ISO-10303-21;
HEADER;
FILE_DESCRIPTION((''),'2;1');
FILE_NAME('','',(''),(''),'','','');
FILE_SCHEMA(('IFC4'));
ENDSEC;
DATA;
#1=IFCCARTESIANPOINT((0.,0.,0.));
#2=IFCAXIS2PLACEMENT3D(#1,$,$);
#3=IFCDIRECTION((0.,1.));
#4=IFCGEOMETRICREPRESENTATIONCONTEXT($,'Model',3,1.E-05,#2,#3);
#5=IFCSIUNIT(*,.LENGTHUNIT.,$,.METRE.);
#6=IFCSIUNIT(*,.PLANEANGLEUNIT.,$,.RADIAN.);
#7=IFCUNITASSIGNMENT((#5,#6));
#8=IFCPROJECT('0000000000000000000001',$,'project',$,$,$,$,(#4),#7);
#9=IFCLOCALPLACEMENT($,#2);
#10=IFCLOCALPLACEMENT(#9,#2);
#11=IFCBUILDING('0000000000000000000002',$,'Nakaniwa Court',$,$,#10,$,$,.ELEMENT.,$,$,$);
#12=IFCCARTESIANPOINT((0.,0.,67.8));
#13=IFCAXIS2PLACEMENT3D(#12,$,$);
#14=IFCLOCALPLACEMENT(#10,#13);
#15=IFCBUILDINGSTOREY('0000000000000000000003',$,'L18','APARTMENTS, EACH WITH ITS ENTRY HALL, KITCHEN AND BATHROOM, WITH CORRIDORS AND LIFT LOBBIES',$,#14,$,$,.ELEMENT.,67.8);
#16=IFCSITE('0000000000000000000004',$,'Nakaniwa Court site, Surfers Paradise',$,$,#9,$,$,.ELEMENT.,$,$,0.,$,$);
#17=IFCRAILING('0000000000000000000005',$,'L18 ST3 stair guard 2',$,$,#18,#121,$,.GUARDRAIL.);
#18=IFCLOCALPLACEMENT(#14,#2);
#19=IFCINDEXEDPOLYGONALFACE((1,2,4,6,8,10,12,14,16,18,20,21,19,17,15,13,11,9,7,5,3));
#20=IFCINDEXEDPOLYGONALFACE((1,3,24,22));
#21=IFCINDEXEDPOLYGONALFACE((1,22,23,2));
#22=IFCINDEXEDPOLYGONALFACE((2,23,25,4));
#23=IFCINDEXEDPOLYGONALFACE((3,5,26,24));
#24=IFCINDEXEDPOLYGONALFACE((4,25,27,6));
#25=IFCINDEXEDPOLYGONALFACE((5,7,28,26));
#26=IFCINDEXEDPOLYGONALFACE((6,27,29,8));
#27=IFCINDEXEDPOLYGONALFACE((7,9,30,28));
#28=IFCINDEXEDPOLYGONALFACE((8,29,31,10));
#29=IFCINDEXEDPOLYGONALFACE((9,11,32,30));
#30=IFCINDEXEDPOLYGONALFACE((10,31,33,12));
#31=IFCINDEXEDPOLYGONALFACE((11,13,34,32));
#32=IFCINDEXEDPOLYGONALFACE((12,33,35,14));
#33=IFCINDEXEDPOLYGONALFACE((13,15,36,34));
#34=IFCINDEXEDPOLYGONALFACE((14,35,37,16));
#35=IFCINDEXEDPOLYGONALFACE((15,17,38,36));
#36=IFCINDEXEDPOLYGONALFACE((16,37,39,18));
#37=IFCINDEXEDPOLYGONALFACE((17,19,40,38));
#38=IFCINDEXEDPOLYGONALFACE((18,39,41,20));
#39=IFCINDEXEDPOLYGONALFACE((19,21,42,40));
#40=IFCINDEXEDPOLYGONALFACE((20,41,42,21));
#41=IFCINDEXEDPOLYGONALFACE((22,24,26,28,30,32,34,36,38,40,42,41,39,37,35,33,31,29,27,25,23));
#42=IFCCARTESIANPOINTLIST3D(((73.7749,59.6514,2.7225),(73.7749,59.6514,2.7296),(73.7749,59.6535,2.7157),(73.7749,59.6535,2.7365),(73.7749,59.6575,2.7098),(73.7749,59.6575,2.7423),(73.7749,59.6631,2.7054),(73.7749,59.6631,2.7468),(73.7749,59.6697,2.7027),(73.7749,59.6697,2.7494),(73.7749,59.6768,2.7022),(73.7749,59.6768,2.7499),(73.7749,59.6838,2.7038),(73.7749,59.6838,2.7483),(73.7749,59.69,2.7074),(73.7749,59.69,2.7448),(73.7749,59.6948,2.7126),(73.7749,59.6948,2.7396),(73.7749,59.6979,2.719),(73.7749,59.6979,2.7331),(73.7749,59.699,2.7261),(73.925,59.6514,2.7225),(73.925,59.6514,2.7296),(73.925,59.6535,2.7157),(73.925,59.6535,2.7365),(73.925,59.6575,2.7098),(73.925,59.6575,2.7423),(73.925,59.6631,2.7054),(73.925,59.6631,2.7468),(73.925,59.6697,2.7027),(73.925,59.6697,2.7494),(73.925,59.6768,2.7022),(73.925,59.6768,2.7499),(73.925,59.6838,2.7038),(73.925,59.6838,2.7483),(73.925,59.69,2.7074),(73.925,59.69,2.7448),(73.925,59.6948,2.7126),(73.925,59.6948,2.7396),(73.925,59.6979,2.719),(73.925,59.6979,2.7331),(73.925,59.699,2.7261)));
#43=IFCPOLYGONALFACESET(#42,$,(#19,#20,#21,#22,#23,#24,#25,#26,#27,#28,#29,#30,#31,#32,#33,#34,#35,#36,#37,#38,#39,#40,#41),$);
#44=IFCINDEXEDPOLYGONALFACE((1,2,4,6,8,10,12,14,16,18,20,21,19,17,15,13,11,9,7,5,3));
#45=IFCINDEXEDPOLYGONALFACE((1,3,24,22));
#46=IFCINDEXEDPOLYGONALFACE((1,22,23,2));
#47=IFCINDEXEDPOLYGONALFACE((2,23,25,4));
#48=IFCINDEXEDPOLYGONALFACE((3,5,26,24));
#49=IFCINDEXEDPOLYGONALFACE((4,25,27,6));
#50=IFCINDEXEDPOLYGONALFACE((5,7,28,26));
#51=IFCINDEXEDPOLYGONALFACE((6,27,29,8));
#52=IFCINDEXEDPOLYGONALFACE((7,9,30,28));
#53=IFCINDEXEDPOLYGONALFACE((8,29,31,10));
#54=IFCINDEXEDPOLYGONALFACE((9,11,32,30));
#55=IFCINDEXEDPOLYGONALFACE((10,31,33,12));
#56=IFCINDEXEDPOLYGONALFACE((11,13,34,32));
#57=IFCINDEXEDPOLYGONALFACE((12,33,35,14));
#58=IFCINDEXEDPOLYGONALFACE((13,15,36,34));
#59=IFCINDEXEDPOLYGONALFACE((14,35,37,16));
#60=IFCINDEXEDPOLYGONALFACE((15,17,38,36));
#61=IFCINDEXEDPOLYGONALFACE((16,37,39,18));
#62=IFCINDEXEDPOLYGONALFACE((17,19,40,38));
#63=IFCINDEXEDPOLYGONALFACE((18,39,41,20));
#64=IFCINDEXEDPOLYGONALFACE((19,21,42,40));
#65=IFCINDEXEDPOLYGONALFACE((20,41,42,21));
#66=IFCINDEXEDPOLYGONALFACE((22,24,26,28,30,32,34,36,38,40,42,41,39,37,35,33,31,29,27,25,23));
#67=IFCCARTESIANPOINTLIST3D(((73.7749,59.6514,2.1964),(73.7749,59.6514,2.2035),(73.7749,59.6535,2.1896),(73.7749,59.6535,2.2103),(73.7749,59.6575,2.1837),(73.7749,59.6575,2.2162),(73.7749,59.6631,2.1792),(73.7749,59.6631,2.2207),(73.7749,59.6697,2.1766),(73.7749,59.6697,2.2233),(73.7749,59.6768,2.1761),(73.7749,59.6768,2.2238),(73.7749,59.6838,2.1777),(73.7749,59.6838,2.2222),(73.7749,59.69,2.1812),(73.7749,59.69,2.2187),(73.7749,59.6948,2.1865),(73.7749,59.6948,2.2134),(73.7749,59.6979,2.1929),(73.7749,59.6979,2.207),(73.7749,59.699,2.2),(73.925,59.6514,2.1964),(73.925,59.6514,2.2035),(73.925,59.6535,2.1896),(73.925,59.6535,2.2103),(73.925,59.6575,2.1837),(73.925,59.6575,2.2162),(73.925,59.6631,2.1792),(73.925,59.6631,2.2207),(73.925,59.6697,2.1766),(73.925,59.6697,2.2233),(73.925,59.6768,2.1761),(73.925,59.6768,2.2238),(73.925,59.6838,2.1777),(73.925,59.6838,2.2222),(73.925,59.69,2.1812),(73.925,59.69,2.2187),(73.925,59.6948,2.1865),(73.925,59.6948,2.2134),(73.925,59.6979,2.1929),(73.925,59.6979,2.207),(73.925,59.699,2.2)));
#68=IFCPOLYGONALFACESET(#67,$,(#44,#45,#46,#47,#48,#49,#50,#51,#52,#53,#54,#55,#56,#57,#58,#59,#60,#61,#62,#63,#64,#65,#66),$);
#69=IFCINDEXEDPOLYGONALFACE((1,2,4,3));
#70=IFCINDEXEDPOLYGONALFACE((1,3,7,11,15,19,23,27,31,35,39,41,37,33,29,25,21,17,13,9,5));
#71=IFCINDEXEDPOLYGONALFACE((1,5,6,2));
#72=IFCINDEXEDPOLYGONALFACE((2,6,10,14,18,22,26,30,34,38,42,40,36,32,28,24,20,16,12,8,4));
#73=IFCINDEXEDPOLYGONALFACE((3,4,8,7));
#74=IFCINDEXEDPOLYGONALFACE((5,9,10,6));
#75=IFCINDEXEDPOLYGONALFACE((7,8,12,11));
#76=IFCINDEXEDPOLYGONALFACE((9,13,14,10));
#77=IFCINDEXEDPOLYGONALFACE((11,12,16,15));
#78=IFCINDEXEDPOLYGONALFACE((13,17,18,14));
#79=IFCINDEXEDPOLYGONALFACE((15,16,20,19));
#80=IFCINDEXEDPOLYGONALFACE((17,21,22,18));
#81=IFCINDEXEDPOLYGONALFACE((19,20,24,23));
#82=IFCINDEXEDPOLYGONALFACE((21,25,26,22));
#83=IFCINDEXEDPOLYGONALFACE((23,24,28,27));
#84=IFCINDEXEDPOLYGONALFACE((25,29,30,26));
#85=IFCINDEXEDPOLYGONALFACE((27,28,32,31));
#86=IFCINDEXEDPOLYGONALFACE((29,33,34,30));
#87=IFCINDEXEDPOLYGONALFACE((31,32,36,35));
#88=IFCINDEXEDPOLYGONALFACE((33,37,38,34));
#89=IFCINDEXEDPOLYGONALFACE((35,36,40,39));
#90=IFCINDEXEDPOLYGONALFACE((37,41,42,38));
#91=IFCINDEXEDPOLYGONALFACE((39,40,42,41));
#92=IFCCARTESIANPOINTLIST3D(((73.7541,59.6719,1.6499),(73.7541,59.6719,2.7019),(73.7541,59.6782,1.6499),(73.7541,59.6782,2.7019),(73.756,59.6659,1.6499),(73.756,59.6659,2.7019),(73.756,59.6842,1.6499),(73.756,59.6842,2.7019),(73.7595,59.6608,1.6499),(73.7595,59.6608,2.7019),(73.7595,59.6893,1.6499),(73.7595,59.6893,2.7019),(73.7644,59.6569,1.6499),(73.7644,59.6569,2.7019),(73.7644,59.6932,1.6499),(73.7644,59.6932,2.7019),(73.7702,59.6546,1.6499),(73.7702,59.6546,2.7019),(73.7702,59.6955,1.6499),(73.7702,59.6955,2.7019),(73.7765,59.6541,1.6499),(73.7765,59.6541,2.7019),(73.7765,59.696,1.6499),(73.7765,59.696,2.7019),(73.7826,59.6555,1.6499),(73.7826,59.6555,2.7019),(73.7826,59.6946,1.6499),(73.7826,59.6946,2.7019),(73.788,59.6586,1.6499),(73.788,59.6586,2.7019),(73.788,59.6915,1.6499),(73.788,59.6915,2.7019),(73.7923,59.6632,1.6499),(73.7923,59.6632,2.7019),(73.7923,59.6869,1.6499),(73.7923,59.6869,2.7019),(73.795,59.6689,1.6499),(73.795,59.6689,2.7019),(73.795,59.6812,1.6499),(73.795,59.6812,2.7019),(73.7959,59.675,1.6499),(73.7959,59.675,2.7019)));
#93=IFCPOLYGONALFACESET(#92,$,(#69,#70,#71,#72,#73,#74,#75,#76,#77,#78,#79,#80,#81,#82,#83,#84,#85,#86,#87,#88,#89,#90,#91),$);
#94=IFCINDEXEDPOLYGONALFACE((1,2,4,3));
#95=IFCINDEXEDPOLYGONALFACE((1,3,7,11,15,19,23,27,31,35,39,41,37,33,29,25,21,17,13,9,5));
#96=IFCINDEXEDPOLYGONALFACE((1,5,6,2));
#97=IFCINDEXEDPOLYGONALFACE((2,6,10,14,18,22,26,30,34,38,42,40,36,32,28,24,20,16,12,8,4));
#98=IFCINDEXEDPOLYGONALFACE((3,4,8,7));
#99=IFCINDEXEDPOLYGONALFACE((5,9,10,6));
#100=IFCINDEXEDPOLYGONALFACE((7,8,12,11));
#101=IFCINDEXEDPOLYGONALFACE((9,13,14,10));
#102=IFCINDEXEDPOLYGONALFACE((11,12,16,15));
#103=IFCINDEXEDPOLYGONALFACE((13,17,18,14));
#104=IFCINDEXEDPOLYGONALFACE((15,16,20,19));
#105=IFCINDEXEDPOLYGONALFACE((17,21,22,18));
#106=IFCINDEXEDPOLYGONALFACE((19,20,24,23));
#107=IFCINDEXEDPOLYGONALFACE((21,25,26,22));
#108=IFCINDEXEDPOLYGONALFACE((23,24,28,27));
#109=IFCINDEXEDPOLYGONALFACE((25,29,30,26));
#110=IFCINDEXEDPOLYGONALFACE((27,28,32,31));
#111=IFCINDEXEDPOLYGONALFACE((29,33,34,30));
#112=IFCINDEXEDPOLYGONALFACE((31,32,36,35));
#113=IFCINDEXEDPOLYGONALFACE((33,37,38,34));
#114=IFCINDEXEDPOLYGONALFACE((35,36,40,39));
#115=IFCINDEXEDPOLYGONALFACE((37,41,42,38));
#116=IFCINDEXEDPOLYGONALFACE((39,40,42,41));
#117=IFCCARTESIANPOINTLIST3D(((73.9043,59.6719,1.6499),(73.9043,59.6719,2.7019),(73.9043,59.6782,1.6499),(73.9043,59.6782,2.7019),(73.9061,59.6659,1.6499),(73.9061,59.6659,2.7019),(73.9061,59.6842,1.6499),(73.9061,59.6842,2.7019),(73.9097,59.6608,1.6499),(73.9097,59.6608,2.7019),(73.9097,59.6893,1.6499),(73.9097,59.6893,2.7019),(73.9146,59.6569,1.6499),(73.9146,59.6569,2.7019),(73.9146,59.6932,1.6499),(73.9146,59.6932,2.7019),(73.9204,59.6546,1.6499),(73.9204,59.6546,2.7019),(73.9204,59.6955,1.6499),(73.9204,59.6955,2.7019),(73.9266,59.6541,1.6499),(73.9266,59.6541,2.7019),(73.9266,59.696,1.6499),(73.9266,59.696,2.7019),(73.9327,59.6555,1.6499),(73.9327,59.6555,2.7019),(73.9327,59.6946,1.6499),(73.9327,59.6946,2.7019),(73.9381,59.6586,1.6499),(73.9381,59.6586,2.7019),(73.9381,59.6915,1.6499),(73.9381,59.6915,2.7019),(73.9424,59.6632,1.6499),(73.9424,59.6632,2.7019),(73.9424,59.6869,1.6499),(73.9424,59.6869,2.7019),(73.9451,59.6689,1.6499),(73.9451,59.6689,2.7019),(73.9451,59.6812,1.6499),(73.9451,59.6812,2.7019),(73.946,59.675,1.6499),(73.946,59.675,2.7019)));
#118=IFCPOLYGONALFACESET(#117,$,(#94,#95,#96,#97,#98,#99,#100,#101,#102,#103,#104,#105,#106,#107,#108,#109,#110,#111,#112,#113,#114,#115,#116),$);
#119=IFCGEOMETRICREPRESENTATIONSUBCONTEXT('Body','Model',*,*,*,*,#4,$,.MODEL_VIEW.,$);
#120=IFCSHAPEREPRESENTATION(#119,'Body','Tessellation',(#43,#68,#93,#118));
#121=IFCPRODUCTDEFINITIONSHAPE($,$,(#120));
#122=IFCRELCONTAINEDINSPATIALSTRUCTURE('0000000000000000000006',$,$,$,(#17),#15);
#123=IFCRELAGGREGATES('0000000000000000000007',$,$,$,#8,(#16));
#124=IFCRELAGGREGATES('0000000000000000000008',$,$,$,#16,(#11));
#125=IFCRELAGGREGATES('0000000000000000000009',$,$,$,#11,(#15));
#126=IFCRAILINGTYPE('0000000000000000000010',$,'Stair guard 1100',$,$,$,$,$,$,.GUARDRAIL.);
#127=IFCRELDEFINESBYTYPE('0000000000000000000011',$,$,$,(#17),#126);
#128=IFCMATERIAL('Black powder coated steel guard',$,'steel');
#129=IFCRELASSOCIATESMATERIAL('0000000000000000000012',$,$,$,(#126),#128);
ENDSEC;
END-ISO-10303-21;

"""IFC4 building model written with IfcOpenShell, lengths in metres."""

from ifc_helpers import new_model, si_unit, direction, frame, origin, origin_2d, place, context, subcontext, project, spatial, circle, extrude, material, type_object, element, save


model = new_model("IFC4")

# Units and contexts
model_context = context("Model", 3, precision=1e-05, world=origin(), true_north=direction((0.0, 1.0)))
body_context = subcontext(model_context, "Body", "Model", "MODEL_VIEW")
ifc_project = project(units=[si_unit("LENGTHUNIT", "METRE"), si_unit("PLANEANGLEUNIT", "RADIAN")], contexts=[model_context])

# Site, building, storey
site_placement = place(None, origin())
site = spatial("IfcSite", under=ifc_project, at=site_placement, Name="Nakaniwa Court site, Surfers Paradise", CompositionType="ELEMENT", RefElevation=0.0)
building_placement = place(site_placement, origin())
building = spatial("IfcBuilding", under=site, at=building_placement, Name="Nakaniwa Court", CompositionType="ELEMENT")
storey_placement = place(building_placement, frame((0.0, 0.0, 67.8)))
storey = spatial("IfcBuildingStorey", under=building, at=storey_placement, Name="L18", Description="APARTMENTS, EACH WITH ITS ENTRY HALL, KITCHEN AND BATHROOM, WITH CORRIDORS AND LIFT LOBBIES", CompositionType="ELEMENT", Elevation=67.8)

# Railing
ifc_material_1 = material(Name="Black powder coated steel guard", Category="steel")
railing_type_1 = type_object("IfcRailingType", Name="Stair guard 1100", PredefinedType="GUARDRAIL", material=ifc_material_1)
railing_1_placement = place(storey_placement, frame((73.7749, 59.675, 1.6499)))
element("IfcRailing", 1, at=railing_1_placement, inside=storey, type_object=railing_type_1, Name="L18 ST3 stair guard 2", PredefinedType="GUARDRAIL", context=body_context, shape_type="SweptSolid", body=[
    extrude(circle(Radius=0.0239, at=origin_2d()), frame((0.0, 0.0, 1.0762), z_axis=(1.0, 0.0, 0.0), x_axis=(0.0, 1.0, 0.0)), (0.0, 0.0, 1.0), 0.1501),
    extrude(circle(Radius=0.0239, at=origin_2d()), frame((0.0, 0.0, 0.55), z_axis=(1.0, 0.0, 0.0), x_axis=(0.0, 1.0, 0.0)), (0.0, 0.0, 1.0), 0.1501),
    extrude(circle(Radius=0.021, at=origin_2d()), origin(), (0.0, 0.0, 1.0), 1.052),
    extrude(circle(Radius=0.021, at=origin_2d()), frame((0.1501, 0.0, 0.0)), (0.0, 0.0, 1.0), 1.052),
])

save(model, "model.ifc")
